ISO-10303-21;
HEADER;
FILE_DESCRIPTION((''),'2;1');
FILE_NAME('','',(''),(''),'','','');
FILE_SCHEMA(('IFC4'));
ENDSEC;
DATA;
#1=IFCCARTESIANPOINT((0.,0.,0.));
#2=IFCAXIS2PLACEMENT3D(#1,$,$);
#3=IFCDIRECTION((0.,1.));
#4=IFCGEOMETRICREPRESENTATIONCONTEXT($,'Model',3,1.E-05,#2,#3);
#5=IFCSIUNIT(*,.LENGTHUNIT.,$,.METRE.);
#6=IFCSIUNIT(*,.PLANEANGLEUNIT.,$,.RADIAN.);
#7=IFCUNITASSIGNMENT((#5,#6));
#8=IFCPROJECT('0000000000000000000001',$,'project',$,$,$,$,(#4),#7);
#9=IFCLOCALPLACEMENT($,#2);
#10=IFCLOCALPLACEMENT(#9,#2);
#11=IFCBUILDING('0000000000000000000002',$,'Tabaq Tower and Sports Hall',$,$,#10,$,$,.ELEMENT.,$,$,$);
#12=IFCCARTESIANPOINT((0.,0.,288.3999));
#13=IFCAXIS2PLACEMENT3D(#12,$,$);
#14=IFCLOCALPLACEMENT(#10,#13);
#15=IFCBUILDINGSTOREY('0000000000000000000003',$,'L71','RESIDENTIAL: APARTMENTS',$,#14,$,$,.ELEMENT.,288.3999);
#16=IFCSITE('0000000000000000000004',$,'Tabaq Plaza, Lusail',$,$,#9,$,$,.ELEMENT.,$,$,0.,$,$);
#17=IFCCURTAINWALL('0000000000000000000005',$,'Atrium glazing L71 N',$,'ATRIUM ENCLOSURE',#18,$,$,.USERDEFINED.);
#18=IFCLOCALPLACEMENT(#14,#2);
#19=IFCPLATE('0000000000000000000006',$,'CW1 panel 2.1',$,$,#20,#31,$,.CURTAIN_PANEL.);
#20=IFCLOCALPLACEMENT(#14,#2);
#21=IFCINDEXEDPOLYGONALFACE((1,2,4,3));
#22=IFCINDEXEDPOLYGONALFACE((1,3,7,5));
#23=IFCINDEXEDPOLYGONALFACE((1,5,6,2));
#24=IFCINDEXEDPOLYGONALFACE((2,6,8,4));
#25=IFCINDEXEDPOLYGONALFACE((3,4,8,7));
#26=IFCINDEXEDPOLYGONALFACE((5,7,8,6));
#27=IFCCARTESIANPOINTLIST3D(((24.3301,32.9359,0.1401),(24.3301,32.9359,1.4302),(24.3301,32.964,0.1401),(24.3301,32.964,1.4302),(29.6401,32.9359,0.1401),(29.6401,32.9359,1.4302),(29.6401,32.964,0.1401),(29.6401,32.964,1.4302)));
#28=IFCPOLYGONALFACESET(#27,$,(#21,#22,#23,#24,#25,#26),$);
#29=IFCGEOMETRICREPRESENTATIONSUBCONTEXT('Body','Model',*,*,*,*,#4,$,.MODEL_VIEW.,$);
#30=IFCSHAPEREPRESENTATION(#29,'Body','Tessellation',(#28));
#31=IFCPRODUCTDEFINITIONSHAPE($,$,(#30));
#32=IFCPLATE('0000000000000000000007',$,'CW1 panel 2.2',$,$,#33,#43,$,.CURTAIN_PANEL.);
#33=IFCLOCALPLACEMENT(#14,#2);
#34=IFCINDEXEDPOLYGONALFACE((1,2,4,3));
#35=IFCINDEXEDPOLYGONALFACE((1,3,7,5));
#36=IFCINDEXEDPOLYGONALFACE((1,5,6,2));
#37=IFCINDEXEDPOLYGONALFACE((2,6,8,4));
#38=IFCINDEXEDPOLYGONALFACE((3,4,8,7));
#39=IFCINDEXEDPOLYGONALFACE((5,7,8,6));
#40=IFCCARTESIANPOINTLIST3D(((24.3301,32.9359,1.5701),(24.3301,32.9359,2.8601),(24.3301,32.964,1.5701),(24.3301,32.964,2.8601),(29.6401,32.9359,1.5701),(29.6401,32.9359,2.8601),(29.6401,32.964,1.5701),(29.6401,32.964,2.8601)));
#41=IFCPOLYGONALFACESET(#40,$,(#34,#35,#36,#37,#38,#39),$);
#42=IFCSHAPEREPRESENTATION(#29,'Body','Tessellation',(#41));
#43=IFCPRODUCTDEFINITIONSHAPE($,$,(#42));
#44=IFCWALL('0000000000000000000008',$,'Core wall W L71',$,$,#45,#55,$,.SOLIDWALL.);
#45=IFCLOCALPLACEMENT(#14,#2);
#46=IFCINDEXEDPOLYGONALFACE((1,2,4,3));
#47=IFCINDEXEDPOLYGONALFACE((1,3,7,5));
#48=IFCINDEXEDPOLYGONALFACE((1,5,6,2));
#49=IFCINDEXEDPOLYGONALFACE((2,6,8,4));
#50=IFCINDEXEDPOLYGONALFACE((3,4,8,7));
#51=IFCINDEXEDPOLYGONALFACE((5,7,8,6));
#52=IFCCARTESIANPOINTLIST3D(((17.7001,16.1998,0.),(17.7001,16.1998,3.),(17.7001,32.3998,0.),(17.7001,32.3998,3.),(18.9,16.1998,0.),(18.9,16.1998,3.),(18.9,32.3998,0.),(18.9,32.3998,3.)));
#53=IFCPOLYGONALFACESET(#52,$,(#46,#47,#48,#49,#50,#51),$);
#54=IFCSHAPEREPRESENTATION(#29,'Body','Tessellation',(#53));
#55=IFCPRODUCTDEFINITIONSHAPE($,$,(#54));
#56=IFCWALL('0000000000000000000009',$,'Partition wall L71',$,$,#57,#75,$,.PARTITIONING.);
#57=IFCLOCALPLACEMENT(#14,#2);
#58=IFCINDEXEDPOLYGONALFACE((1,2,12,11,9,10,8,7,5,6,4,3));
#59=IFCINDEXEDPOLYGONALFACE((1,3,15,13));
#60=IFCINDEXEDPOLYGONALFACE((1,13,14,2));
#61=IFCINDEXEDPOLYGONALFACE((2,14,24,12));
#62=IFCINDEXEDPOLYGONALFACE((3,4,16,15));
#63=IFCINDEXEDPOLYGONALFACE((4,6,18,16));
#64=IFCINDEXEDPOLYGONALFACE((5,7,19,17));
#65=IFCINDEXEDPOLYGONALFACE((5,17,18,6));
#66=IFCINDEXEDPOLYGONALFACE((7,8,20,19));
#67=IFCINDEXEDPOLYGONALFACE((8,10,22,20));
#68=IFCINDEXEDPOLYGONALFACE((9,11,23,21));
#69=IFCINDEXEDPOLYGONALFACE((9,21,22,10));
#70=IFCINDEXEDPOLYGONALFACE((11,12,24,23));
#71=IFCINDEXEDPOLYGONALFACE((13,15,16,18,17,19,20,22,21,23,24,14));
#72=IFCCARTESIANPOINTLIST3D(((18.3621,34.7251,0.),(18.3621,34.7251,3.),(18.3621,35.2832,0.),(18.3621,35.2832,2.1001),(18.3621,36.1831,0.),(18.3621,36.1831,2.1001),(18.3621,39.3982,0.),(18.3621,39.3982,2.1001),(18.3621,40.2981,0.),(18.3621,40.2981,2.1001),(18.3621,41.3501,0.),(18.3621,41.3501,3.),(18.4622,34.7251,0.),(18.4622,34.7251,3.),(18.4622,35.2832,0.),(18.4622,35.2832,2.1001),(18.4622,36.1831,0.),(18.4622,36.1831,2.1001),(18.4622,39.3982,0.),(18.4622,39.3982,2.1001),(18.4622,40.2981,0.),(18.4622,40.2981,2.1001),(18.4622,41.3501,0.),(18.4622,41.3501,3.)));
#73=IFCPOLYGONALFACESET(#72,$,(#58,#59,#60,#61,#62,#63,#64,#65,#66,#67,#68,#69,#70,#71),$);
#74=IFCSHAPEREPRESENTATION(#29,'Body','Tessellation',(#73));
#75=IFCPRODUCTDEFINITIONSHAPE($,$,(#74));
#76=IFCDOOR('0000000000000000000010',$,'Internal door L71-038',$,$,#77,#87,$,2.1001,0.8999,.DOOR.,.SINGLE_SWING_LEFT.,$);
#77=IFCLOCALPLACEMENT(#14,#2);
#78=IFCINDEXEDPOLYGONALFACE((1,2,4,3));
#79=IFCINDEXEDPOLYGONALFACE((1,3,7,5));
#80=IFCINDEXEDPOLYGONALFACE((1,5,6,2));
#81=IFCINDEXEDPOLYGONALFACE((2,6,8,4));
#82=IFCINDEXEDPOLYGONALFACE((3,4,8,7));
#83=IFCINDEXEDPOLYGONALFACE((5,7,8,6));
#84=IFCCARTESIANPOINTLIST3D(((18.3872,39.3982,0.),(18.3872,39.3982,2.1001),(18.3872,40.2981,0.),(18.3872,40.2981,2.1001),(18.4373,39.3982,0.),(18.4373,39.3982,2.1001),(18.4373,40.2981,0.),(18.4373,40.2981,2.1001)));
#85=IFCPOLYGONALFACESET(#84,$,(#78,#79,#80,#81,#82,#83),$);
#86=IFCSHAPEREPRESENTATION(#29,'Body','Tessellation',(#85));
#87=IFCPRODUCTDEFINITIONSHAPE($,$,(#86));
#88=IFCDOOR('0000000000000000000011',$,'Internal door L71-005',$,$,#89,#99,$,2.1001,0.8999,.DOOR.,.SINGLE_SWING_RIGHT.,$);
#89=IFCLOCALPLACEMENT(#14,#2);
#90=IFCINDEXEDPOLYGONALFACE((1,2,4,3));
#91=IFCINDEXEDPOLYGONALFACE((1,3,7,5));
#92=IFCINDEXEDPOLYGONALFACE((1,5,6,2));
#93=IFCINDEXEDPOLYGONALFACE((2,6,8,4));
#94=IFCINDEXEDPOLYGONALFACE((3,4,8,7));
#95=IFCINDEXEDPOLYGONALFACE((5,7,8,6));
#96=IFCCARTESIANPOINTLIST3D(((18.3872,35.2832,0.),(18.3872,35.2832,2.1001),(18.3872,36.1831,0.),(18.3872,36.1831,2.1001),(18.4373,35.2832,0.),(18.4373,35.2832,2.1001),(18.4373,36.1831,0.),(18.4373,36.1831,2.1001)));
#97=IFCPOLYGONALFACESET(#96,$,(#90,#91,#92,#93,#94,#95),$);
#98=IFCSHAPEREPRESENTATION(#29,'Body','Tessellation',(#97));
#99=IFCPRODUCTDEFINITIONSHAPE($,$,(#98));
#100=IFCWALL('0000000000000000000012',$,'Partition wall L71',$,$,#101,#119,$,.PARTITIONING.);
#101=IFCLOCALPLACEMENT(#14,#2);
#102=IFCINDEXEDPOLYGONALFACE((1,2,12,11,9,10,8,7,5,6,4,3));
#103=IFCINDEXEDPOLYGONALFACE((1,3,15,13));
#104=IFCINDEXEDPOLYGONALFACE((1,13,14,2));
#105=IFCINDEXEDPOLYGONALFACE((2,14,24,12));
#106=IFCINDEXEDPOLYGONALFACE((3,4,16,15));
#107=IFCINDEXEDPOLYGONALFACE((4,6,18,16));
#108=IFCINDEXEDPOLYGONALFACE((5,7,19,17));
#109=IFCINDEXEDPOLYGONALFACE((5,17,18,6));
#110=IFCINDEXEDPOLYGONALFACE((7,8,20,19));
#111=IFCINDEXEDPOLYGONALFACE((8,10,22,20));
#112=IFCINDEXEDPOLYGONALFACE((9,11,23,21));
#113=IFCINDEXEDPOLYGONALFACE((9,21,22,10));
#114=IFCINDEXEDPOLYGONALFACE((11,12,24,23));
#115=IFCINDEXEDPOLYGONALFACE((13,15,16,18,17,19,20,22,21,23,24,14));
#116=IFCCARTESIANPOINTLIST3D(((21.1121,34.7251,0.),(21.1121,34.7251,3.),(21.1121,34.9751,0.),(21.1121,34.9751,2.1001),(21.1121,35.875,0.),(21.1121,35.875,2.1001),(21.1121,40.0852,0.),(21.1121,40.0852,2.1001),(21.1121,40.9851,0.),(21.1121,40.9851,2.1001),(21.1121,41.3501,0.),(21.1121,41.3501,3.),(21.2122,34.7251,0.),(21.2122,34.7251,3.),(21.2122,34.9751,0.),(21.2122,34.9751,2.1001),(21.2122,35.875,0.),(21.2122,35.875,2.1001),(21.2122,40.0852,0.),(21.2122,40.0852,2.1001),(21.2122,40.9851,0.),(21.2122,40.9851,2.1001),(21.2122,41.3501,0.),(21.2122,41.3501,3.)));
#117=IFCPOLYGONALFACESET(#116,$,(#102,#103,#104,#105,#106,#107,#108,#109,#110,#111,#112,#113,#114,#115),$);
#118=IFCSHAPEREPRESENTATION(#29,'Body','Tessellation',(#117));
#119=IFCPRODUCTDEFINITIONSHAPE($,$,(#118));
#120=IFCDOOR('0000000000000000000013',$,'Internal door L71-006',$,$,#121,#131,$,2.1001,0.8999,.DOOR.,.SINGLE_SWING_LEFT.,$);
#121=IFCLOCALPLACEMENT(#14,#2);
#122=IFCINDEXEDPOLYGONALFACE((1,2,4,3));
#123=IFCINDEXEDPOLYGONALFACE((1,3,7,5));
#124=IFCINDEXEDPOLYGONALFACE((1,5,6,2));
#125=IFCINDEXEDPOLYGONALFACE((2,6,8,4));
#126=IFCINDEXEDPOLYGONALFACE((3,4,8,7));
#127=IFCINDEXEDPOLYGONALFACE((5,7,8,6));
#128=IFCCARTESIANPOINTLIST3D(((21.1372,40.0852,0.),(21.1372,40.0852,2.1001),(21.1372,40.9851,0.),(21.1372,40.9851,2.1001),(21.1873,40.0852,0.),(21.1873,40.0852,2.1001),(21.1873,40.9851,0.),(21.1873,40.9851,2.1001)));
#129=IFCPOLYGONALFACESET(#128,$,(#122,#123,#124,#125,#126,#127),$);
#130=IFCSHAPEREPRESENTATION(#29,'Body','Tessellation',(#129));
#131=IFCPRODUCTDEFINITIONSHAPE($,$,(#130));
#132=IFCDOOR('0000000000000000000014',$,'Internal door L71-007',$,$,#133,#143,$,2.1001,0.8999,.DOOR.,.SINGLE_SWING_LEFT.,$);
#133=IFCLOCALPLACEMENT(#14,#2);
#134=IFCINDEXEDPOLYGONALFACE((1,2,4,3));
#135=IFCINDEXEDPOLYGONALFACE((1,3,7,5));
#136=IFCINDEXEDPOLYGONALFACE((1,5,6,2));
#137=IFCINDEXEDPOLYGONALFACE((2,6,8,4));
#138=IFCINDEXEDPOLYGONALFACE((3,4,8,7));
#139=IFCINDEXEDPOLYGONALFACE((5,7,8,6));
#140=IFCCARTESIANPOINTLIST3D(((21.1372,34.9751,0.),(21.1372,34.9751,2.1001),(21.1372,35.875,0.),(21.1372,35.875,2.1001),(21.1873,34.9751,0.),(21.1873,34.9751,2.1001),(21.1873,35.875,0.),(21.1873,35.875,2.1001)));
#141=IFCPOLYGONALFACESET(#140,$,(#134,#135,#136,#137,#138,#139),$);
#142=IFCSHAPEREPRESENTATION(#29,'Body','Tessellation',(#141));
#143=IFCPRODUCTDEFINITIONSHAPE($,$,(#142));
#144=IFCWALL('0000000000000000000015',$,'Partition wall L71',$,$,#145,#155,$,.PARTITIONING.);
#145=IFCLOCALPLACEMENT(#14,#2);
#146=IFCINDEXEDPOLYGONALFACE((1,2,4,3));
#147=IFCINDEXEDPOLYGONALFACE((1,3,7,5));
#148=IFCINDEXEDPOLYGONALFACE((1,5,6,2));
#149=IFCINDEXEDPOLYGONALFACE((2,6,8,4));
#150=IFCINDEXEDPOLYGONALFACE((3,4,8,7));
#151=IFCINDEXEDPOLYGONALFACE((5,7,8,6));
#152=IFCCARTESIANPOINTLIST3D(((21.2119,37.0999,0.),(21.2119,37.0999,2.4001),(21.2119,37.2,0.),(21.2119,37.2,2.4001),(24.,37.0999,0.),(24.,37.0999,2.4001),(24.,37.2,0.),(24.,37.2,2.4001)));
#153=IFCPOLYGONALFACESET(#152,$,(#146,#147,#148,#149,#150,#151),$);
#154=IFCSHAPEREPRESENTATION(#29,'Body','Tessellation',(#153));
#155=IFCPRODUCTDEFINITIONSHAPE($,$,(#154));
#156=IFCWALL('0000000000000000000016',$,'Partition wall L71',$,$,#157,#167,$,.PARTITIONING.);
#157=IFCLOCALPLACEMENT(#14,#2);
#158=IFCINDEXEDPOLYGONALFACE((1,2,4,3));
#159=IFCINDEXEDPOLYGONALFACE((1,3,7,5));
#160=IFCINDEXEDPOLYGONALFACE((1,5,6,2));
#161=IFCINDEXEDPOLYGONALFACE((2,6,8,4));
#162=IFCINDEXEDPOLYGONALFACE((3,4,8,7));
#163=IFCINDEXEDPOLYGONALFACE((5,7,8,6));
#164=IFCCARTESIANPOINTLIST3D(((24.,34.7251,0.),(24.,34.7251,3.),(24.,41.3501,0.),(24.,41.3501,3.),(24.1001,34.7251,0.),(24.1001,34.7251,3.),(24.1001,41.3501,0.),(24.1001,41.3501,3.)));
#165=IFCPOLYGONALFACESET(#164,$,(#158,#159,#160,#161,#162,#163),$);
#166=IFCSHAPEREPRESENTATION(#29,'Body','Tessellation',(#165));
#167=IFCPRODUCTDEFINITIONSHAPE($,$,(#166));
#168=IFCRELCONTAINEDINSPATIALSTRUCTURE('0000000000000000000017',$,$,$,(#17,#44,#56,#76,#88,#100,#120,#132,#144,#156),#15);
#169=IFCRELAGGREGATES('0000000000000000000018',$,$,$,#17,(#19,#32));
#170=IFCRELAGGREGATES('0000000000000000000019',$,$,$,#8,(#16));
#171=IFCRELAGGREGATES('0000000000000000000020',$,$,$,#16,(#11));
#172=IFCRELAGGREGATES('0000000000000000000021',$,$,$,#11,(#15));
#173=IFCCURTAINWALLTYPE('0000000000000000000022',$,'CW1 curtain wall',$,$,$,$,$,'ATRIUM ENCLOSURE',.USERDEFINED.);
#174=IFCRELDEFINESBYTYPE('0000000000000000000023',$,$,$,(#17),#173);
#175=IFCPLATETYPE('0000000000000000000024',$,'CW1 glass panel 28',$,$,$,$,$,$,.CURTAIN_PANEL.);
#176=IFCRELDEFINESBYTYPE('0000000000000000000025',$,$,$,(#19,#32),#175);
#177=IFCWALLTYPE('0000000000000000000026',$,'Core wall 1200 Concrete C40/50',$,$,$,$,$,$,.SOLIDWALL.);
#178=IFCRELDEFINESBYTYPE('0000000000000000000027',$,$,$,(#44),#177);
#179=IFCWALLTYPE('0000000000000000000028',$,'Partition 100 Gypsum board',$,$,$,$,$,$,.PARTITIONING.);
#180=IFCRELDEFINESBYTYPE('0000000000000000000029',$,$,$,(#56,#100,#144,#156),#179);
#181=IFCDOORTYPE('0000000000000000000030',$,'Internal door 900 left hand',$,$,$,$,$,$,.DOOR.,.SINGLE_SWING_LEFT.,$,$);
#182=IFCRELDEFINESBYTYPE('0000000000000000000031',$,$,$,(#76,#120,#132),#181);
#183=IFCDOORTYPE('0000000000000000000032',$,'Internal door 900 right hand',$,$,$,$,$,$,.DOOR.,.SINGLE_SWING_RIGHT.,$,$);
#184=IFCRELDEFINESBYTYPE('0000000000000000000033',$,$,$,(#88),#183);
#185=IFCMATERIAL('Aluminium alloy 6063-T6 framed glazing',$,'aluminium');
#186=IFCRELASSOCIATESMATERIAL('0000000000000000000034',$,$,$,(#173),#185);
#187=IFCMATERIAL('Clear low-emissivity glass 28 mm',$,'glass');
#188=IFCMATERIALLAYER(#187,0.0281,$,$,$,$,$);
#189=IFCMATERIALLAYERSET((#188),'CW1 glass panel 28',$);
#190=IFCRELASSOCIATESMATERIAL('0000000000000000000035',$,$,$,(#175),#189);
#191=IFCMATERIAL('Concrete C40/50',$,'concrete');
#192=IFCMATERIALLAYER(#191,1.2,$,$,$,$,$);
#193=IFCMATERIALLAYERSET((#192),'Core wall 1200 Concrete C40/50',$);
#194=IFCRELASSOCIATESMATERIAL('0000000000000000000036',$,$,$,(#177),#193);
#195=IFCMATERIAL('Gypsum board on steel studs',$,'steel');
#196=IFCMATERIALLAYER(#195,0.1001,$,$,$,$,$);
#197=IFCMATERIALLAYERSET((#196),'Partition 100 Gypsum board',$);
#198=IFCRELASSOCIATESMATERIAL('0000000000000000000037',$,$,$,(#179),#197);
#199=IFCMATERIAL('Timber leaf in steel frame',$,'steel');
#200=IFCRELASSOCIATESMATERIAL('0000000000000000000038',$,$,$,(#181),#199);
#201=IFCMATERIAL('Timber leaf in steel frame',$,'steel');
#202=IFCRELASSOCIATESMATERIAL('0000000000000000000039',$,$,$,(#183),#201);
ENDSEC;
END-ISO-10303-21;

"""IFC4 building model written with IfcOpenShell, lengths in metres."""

from ifc_helpers import new_model, si_unit, direction, frame, frame_2d, origin, origin_2d, place, context, subcontext, project, spatial, rectangle, extrude, material, layer, layer_set, type_object, element, fill, aggregate, save


model = new_model("IFC4")

# Units and contexts
model_context = context("Model", 3, precision=1e-05, world=origin(), true_north=direction((0.0, 1.0)))
body_context = subcontext(model_context, "Body", "Model", "MODEL_VIEW")
ifc_project = project(units=[si_unit("LENGTHUNIT", "METRE"), si_unit("PLANEANGLEUNIT", "RADIAN")], contexts=[model_context])

# Site, building, storey
site_placement = place(None, origin())
site = spatial("IfcSite", under=ifc_project, at=site_placement, Name="Tabaq Plaza, Lusail", CompositionType="ELEMENT", RefElevation=0.0)
building_placement = place(site_placement, origin())
building = spatial("IfcBuilding", under=site, at=building_placement, Name="Tabaq Tower and Sports Hall", CompositionType="ELEMENT")
storey_placement = place(building_placement, frame((0.0, 0.0, 288.3999)))
storey = spatial("IfcBuildingStorey", under=building, at=storey_placement, Name="L71", Description="RESIDENTIAL: APARTMENTS", CompositionType="ELEMENT", Elevation=288.3999)

# Curtain wall
ifc_material_1 = material(Name="Aluminium alloy 6063-T6 framed glazing", Category="aluminium")
curtain_wall_type = type_object("IfcCurtainWallType", Name="CW1 curtain wall", ElementType="ATRIUM ENCLOSURE", PredefinedType="USERDEFINED", material=ifc_material_1)
curtain_wall_placement = place(storey_placement, origin())
curtain_wall = element("IfcCurtainWall", 1, at=curtain_wall_placement, inside=storey, type_object=curtain_wall_type, Name="Atrium glazing L71 N", ObjectType="ATRIUM ENCLOSURE", PredefinedType="USERDEFINED")

# Plates
ifc_material_2 = material(Name="Clear low-emissivity glass 28 mm", Category="glass")
ifc_layer_1 = layer(ifc_material_2, 0.0281)
ifc_layer_set_1 = layer_set([ifc_layer_1], Name="CW1 glass panel 28")
plate_type = type_object("IfcPlateType", Name="CW1 glass panel 28", PredefinedType="CURTAIN_PANEL", material=ifc_layer_set_1)
plate_1_placement = place(storey_placement, frame((26.9851, 32.95, 0.1401), z_axis=(0.0, 0.0, 1.0), x_axis=(1.0, 0.0, 0.0)))
plate_1 = element("IfcPlate", 2, at=plate_1_placement, type_object=plate_type, Name="CW1 panel 2.1", PredefinedType="CURTAIN_PANEL", context=body_context, shape_type="SweptSolid", body=[
    extrude(rectangle(XDim=5.3101, YDim=0.0281, at=origin_2d()), origin(), (0.0, 0.0, 1.0), 1.29),
])
plate_2_placement = place(storey_placement, frame((26.9851, 32.95, 1.5701), z_axis=(0.0, 0.0, 1.0), x_axis=(1.0, 0.0, 0.0)))
plate_2 = element("IfcPlate", 3, at=plate_2_placement, type_object=plate_type, Name="CW1 panel 2.2", PredefinedType="CURTAIN_PANEL", context=body_context, shape_type="SweptSolid", body=[
    extrude(rectangle(XDim=5.3101, YDim=0.0281, at=origin_2d()), origin(), (0.0, 0.0, 1.0), 1.29),
])
aggregate(curtain_wall, [plate_1, plate_2])

# Wall
ifc_material_3 = material(Name="Concrete C40/50", Category="concrete")
ifc_layer_2 = layer(ifc_material_3, 1.2)
ifc_layer_set_2 = layer_set([ifc_layer_2], Name="Core wall 1200 Concrete C40/50")
wall_type_1 = type_object("IfcWallType", Name="Core wall 1200 Concrete C40/50", PredefinedType="SOLIDWALL", material=ifc_layer_set_2)
wall_1_placement = place(storey_placement, frame((18.3, 32.3999, 0.0), z_axis=(0.0, 0.0, 1.0), x_axis=(0.0, -1.0, 0.0)))
element("IfcWall", 4, at=wall_1_placement, inside=storey, type_object=wall_type_1, Name="Core wall W L71", PredefinedType="SOLIDWALL", context=body_context, shape_type="SweptSolid", body=[
    extrude(rectangle(XDim=16.2, YDim=1.2, at=frame_2d((8.1001, 0.0))), origin(), (0.0, 0.0, 1.0), 3.0),
])

# Walls, openings, doors
ifc_material_4 = material(Name="Gypsum board on steel studs", Category="steel")
ifc_layer_3 = layer(ifc_material_4, 0.1001)
ifc_layer_set_3 = layer_set([ifc_layer_3], Name="Partition 100 Gypsum board")
wall_type_2 = type_object("IfcWallType", Name="Partition 100 Gypsum board", PredefinedType="PARTITIONING", material=ifc_layer_set_3)
wall_2_placement = place(storey_placement, frame((18.4121, 34.7251, 0.0), z_axis=(0.0, 0.0, 1.0), x_axis=(0.0, 1.0, 0.0)))
wall_2 = element("IfcWall", 5, at=wall_2_placement, inside=storey, type_object=wall_type_2, Name="Partition wall L71", PredefinedType="PARTITIONING", context=body_context, shape_type="SweptSolid", body=[
    extrude(rectangle(XDim=6.625, YDim=0.1001, at=frame_2d((3.3125, 0.0))), origin(), (0.0, 0.0, 1.0), 3.0),
])
opening_1_placement = place(wall_2_placement, frame((0.5581, 0.0, 0.0)))
opening_1 = element("IfcOpeningElement", 6, at=opening_1_placement, cuts=wall_2, PredefinedType="OPENING", context=body_context, shape_type="SweptSolid", body=[
    extrude(rectangle(XDim=0.8999, YDim=2.1001, at=frame_2d((0.45, 1.05))), frame((0.0, 0.05, 0.0), z_axis=(0.0, -1.0, 0.0), x_axis=(1.0, 0.0, 0.0)), (0.0, 0.0, 1.0), 0.1001),
])
opening_2_placement = place(wall_2_placement, frame((4.6731, 0.0, 0.0)))
opening_2 = element("IfcOpeningElement", 7, at=opening_2_placement, cuts=wall_2, PredefinedType="OPENING", context=body_context, shape_type="SweptSolid", body=[
    extrude(rectangle(XDim=0.8999, YDim=2.1001, at=frame_2d((0.45, 1.05))), frame((0.0, 0.05, 0.0), z_axis=(0.0, -1.0, 0.0), x_axis=(1.0, 0.0, 0.0)), (0.0, 0.0, 1.0), 0.1001),
])
ifc_material_5 = material(Name="Timber leaf in steel frame", Category="steel")
door_type_1 = type_object("IfcDoorType", Name="Internal door 900 left hand", OperationType="SINGLE_SWING_LEFT", PredefinedType="DOOR", material=ifc_material_5)
door_1_placement = place(opening_2_placement, origin())
door_1 = element("IfcDoor", 8, at=door_1_placement, inside=storey, type_object=door_type_1, Name="Internal door L71-038", OperationType="SINGLE_SWING_LEFT", OverallHeight=2.1001, OverallWidth=0.8999, PredefinedType="DOOR", context=body_context, shape_type="SweptSolid", body=[
    extrude(rectangle(XDim=0.8999, YDim=2.1001, at=frame_2d((0.45, 1.05))), frame((0.0, 0.0249, 0.0), z_axis=(0.0, -1.0, 0.0), x_axis=(1.0, 0.0, 0.0)), (0.0, 0.0, 1.0), 0.05),
])
fill(opening_2, door_1)
ifc_material_6 = material(Name="Timber leaf in steel frame", Category="steel")
door_type_2 = type_object("IfcDoorType", Name="Internal door 900 right hand", OperationType="SINGLE_SWING_RIGHT", PredefinedType="DOOR", material=ifc_material_6)
door_2_placement = place(opening_1_placement, origin())
door_2 = element("IfcDoor", 9, at=door_2_placement, inside=storey, type_object=door_type_2, Name="Internal door L71-005", OperationType="SINGLE_SWING_RIGHT", OverallHeight=2.1001, OverallWidth=0.8999, PredefinedType="DOOR", context=body_context, shape_type="SweptSolid", body=[
    extrude(rectangle(XDim=0.8999, YDim=2.1001, at=frame_2d((0.45, 1.05))), frame((0.0, 0.0249, 0.0), z_axis=(0.0, -1.0, 0.0), x_axis=(1.0, 0.0, 0.0)), (0.0, 0.0, 1.0), 0.05),
])
fill(opening_1, door_2)
wall_3_placement = place(storey_placement, frame((21.1621, 34.7251, 0.0), z_axis=(0.0, 0.0, 1.0), x_axis=(0.0, 1.0, 0.0)))
wall_3 = element("IfcWall", 10, at=wall_3_placement, inside=storey, type_object=wall_type_2, Name="Partition wall L71", PredefinedType="PARTITIONING", context=body_context, shape_type="SweptSolid", body=[
    extrude(rectangle(XDim=6.625, YDim=0.1001, at=frame_2d((3.3125, 0.0))), origin(), (0.0, 0.0, 1.0), 3.0),
])
opening_3_placement = place(wall_3_placement, frame((5.3601, 0.0, 0.0)))
opening_3 = element("IfcOpeningElement", 11, at=opening_3_placement, cuts=wall_3, PredefinedType="OPENING", context=body_context, shape_type="SweptSolid", body=[
    extrude(rectangle(XDim=0.8999, YDim=2.1001, at=frame_2d((0.45, 1.05))), frame((0.0, 0.05, 0.0), z_axis=(0.0, -1.0, 0.0), x_axis=(1.0, 0.0, 0.0)), (0.0, 0.0, 1.0), 0.1001),
])
opening_4_placement = place(wall_3_placement, frame((0.25, 0.0, 0.0)))
opening_4 = element("IfcOpeningElement", 12, at=opening_4_placement, cuts=wall_3, PredefinedType="OPENING", context=body_context, shape_type="SweptSolid", body=[
    extrude(rectangle(XDim=0.8999, YDim=2.1001, at=frame_2d((0.45, 1.05))), frame((0.0, 0.05, 0.0), z_axis=(0.0, -1.0, 0.0), x_axis=(1.0, 0.0, 0.0)), (0.0, 0.0, 1.0), 0.1001),
])
door_3_placement = place(opening_3_placement, origin())
door_3 = element("IfcDoor", 13, at=door_3_placement, inside=storey, type_object=door_type_1, Name="Internal door L71-006", OperationType="SINGLE_SWING_LEFT", OverallHeight=2.1001, OverallWidth=0.8999, PredefinedType="DOOR", context=body_context, shape_type="SweptSolid", body=[
    extrude(rectangle(XDim=0.8999, YDim=2.1001, at=frame_2d((0.45, 1.05))), frame((0.0, 0.0249, 0.0), z_axis=(0.0, -1.0, 0.0), x_axis=(1.0, 0.0, 0.0)), (0.0, 0.0, 1.0), 0.05),
])
fill(opening_3, door_3)
door_4_placement = place(opening_4_placement, origin())
door_4 = element("IfcDoor", 14, at=door_4_placement, inside=storey, type_object=door_type_1, Name="Internal door L71-007", OperationType="SINGLE_SWING_LEFT", OverallHeight=2.1001, OverallWidth=0.8999, PredefinedType="DOOR", context=body_context, shape_type="SweptSolid", body=[
    extrude(rectangle(XDim=0.8999, YDim=2.1001, at=frame_2d((0.45, 1.05))), frame((0.0, 0.0249, 0.0), z_axis=(0.0, -1.0, 0.0), x_axis=(1.0, 0.0, 0.0)), (0.0, 0.0, 1.0), 0.05),
])
fill(opening_4, door_4)

# Walls
wall_4_placement = place(storey_placement, frame((21.2119, 37.1499, 0.0), z_axis=(0.0, 0.0, 1.0), x_axis=(1.0, 0.0, 0.0)))
element("IfcWall", 15, at=wall_4_placement, inside=storey, type_object=wall_type_2, Name="Partition wall L71", PredefinedType="PARTITIONING", context=body_context, shape_type="SweptSolid", body=[
    extrude(rectangle(XDim=2.7881, YDim=0.1001, at=frame_2d((1.394, 0.0))), origin(), (0.0, 0.0, 1.0), 2.4001),
])
wall_5_placement = place(storey_placement, frame((24.05, 34.7251, 0.0), z_axis=(0.0, 0.0, 1.0), x_axis=(0.0, 1.0, 0.0)))
element("IfcWall", 16, at=wall_5_placement, inside=storey, type_object=wall_type_2, Name="Partition wall L71", PredefinedType="PARTITIONING", context=body_context, shape_type="SweptSolid", body=[
    extrude(rectangle(XDim=6.625, YDim=0.1001, at=frame_2d((3.3125, 0.0))), origin(), (0.0, 0.0, 1.0), 3.0),
])

save(model, "model.ifc")
